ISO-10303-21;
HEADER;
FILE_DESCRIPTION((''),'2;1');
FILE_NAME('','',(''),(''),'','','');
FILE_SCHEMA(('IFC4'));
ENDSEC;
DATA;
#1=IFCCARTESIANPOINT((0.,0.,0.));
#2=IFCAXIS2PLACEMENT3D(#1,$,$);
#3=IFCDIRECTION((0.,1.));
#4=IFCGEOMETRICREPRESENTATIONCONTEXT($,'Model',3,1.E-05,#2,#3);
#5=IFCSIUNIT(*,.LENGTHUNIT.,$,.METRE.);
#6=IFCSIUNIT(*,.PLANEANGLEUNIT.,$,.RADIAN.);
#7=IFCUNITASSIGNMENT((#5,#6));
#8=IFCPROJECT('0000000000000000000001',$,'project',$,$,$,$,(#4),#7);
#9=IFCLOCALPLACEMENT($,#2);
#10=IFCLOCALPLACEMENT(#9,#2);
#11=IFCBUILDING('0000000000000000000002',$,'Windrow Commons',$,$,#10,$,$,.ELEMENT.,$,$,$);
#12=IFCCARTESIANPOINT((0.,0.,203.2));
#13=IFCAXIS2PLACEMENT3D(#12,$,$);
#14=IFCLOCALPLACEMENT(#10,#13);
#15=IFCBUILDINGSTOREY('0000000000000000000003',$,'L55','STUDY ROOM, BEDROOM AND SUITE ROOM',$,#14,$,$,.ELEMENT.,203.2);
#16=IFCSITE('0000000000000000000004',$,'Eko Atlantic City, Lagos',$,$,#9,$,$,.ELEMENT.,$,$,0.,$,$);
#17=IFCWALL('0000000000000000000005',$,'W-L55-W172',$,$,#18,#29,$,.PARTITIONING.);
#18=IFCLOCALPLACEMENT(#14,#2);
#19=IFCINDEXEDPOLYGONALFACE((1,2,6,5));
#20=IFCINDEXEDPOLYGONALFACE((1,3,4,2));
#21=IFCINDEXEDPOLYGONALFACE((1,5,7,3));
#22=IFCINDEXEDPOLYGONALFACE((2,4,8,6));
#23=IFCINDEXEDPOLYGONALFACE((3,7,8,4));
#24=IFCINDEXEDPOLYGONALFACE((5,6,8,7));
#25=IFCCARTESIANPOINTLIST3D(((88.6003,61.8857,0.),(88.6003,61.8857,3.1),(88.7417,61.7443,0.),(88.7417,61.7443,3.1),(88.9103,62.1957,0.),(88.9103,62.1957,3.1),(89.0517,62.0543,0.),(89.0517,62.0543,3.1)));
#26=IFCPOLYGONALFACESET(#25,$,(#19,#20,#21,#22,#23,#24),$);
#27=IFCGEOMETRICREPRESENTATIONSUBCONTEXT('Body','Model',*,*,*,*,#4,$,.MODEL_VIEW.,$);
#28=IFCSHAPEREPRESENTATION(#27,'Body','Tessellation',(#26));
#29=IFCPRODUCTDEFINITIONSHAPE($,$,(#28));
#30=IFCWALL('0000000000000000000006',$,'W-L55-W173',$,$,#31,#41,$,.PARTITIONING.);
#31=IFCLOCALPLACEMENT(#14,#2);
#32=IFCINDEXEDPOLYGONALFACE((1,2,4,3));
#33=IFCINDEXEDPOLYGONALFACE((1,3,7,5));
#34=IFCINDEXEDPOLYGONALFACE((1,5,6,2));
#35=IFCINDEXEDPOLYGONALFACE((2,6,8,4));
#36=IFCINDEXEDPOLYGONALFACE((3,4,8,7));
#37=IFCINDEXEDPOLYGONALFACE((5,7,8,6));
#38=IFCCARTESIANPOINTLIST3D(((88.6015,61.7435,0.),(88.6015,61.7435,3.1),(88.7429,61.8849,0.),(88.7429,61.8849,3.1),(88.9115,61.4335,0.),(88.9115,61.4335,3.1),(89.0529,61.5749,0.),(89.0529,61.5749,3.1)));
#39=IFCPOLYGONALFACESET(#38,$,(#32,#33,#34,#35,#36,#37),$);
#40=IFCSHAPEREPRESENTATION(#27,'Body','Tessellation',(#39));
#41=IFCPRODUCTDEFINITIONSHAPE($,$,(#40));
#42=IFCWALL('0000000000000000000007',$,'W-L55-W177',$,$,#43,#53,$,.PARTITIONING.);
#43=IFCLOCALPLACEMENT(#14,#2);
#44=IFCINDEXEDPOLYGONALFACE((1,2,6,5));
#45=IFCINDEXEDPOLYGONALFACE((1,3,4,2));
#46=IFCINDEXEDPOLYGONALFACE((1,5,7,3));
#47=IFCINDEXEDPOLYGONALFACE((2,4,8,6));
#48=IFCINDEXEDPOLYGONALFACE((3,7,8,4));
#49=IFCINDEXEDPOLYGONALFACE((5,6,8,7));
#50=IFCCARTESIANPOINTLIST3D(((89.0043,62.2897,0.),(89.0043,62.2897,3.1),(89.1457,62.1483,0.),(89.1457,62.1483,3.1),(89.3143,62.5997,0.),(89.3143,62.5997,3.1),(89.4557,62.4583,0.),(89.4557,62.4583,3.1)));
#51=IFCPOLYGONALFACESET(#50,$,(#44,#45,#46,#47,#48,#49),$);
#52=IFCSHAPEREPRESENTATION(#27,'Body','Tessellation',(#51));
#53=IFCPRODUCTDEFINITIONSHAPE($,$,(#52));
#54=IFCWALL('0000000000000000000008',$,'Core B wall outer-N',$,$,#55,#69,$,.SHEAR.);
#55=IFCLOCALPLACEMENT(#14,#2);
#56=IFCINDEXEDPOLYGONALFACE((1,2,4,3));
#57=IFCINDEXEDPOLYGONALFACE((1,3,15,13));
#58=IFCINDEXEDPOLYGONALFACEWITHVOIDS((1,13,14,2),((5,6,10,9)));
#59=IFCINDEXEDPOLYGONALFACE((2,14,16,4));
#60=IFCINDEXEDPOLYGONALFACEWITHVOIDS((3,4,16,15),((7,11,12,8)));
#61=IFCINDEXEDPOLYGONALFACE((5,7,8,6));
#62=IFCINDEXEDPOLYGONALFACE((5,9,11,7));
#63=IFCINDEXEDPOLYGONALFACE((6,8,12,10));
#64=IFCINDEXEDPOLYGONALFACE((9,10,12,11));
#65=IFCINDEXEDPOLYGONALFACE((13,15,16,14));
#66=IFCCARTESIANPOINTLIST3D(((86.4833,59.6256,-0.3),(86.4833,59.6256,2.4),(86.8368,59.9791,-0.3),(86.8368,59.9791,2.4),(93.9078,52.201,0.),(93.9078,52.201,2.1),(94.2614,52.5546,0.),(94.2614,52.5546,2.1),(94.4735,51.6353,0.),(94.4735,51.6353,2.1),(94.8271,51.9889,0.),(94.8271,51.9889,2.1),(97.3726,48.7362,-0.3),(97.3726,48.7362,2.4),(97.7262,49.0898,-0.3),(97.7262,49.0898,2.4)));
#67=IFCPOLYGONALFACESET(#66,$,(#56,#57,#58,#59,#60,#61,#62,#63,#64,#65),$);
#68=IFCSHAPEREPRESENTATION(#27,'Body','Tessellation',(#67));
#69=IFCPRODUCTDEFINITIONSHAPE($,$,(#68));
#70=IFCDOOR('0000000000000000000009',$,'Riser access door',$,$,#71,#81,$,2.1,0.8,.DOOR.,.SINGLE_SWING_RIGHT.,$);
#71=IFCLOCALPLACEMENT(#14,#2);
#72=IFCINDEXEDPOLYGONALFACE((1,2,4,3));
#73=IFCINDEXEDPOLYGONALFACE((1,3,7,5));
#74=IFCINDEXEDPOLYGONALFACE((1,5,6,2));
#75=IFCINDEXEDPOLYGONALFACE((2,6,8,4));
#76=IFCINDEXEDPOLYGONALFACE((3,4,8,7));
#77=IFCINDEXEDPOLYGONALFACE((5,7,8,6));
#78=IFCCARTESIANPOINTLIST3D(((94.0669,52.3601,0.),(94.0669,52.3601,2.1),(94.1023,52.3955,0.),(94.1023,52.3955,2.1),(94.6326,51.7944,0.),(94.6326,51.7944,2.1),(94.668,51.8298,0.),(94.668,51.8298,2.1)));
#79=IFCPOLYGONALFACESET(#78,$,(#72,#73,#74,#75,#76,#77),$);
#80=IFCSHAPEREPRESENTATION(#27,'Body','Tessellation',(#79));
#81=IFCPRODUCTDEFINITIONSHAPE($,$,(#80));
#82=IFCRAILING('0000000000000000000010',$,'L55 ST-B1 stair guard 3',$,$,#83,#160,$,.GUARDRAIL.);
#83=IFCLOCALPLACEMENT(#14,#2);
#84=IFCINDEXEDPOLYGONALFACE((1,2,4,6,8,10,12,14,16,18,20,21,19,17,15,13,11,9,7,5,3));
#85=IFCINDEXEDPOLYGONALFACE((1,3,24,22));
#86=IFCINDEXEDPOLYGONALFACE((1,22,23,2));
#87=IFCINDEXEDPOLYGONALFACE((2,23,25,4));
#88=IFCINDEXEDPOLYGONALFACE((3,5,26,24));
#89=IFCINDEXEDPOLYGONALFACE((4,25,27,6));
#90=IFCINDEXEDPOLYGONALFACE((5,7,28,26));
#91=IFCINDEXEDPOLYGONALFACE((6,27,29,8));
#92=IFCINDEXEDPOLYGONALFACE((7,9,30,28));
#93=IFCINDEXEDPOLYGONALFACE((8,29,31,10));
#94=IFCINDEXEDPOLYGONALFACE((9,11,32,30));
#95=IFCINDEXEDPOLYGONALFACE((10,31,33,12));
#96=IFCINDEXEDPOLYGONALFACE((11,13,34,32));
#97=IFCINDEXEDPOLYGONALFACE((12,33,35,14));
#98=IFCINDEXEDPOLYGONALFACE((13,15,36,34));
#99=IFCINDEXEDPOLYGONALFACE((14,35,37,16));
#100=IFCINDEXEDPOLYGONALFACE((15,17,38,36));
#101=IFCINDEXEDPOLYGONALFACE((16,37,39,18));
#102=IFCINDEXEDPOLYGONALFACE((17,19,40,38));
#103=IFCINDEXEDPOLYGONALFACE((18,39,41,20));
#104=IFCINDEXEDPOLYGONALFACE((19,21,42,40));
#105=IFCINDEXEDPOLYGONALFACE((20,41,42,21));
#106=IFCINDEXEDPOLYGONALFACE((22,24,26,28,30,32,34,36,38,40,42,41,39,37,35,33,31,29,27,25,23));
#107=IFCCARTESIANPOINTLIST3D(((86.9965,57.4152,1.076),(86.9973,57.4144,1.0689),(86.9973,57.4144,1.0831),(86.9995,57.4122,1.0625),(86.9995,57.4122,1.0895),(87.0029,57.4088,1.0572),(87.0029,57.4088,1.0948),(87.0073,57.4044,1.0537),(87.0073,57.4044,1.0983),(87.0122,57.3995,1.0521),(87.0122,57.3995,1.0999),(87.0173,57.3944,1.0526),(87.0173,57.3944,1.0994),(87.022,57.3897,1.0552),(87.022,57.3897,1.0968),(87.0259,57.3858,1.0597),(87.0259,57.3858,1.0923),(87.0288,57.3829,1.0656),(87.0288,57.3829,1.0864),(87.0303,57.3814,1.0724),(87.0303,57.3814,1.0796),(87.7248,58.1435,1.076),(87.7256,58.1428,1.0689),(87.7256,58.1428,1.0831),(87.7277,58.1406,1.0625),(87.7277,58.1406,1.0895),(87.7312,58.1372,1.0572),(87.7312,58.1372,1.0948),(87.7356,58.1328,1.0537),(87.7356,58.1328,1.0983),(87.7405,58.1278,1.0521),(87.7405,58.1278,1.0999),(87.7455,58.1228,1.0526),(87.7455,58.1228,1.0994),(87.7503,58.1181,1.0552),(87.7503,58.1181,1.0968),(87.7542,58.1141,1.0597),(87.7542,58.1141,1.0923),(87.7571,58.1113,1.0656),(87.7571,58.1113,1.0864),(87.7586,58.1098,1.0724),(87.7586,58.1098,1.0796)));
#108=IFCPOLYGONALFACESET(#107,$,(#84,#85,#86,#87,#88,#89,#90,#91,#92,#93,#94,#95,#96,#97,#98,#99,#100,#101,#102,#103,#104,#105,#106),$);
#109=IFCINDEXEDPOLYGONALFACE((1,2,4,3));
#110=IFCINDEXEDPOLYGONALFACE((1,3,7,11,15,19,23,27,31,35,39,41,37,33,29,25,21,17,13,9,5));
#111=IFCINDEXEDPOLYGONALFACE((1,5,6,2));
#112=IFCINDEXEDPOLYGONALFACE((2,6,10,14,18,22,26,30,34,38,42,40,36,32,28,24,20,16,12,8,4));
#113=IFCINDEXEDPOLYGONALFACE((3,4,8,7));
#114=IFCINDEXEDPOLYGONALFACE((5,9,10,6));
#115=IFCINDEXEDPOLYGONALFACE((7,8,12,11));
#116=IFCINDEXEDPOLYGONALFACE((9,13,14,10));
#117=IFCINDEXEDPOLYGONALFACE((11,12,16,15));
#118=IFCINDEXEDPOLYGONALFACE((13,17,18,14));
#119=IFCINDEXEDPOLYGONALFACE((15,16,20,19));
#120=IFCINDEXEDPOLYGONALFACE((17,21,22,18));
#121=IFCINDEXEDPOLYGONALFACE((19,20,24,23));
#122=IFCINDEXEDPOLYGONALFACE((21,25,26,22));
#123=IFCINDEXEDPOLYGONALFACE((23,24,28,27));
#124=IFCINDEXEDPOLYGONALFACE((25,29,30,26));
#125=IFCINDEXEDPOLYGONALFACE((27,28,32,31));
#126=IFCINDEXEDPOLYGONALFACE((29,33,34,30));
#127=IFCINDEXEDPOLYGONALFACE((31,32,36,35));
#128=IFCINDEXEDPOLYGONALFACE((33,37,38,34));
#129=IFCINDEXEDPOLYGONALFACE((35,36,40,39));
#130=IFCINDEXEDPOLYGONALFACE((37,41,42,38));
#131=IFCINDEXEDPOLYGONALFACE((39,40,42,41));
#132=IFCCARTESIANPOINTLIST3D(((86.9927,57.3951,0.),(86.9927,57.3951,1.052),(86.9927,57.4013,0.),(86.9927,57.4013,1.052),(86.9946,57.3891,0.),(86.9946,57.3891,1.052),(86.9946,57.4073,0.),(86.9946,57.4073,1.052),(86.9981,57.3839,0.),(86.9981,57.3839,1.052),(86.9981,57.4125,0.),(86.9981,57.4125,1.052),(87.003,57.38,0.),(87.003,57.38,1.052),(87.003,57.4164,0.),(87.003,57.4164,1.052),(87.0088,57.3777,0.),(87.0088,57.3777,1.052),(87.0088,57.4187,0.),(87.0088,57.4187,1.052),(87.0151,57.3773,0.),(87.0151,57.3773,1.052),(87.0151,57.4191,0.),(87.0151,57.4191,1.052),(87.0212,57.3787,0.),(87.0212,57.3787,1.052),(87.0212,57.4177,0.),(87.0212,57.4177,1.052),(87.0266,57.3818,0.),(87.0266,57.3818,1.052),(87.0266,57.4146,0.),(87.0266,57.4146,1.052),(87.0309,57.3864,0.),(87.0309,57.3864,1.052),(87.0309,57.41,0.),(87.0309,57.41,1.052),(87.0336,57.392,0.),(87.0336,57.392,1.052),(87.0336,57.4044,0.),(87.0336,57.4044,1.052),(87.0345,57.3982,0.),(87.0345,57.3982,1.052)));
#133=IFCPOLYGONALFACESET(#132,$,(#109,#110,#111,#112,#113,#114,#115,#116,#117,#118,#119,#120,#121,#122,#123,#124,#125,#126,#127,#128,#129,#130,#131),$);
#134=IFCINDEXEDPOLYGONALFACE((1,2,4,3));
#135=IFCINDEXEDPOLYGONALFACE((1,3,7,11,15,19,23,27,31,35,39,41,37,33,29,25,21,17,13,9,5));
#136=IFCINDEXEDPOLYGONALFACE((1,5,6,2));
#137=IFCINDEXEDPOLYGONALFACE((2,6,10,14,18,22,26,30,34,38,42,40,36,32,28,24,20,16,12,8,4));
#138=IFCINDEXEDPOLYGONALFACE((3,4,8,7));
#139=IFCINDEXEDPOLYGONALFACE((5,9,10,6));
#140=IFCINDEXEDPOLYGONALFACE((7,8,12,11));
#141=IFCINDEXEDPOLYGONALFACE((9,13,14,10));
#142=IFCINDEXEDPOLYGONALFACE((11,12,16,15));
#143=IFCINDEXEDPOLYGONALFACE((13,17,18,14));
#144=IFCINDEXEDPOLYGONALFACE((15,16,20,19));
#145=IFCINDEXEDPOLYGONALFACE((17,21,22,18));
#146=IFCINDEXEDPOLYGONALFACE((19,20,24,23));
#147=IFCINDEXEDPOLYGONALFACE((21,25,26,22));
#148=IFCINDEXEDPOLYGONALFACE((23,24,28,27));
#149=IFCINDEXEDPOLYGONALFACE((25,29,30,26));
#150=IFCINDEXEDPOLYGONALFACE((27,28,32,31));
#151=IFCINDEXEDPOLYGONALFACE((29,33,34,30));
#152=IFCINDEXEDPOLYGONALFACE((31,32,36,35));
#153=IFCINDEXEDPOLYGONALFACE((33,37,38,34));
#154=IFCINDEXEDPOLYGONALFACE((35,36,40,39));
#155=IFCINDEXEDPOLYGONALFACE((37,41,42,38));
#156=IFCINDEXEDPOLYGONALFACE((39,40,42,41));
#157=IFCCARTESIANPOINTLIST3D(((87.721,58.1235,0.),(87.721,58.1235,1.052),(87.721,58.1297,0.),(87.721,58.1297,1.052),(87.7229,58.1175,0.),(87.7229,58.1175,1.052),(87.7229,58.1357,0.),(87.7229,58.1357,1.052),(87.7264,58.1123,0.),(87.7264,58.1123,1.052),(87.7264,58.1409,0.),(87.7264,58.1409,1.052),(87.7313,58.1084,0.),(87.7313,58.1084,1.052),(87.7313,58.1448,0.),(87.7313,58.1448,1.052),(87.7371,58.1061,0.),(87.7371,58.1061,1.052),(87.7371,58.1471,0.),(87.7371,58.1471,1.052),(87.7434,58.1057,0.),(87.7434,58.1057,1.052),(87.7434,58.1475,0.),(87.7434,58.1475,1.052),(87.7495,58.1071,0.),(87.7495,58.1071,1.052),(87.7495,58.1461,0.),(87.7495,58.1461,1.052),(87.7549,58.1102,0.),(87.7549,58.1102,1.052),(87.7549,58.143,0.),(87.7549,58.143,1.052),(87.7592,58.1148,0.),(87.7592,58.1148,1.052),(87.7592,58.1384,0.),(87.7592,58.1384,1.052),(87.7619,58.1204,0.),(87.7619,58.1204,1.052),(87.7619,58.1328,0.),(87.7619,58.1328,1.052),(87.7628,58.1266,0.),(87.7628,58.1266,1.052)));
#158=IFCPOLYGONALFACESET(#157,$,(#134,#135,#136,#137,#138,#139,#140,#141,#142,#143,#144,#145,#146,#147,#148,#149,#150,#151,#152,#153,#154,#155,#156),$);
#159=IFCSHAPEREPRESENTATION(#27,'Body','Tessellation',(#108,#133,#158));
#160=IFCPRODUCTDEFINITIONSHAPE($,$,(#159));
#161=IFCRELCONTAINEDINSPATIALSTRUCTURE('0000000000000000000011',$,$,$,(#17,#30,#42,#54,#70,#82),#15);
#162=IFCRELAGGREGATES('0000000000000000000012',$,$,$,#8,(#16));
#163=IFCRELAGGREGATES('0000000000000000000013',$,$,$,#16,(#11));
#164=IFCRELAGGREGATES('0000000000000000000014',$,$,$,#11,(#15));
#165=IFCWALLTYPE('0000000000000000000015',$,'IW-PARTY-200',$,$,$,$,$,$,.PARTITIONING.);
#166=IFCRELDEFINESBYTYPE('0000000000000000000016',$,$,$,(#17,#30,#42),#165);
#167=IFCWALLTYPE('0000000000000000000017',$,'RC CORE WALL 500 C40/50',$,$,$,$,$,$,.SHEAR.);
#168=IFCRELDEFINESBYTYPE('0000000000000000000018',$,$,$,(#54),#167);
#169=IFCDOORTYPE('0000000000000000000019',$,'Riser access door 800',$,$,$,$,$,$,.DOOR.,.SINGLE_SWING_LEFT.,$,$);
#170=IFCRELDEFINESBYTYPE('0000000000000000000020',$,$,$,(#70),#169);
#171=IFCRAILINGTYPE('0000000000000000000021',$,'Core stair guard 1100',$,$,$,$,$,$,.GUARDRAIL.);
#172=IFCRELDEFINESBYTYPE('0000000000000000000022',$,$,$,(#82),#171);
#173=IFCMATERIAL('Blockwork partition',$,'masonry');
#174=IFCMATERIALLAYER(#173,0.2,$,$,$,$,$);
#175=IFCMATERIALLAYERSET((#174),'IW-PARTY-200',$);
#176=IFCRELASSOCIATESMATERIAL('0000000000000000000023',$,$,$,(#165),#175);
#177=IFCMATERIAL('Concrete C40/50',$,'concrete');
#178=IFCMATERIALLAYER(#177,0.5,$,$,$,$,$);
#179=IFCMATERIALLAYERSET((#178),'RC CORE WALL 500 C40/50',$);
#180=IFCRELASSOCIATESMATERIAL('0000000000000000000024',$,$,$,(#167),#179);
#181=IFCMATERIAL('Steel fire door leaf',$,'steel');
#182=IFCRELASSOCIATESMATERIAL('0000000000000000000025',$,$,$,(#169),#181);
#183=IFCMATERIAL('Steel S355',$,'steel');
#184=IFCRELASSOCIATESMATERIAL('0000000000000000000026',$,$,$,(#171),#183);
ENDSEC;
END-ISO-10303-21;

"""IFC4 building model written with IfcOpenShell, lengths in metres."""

from ifc_helpers import new_model, si_unit, direction, frame, frame_2d, origin, origin_2d, place, context, subcontext, project, spatial, rectangle, circle, extrude, material, layer, layer_set, type_object, element, fill, save


model = new_model("IFC4")

# Units and contexts
model_context = context("Model", 3, precision=1e-05, world=origin(), true_north=direction((0.0, 1.0)))
body_context = subcontext(model_context, "Body", "Model", "MODEL_VIEW")
ifc_project = project(units=[si_unit("LENGTHUNIT", "METRE"), si_unit("PLANEANGLEUNIT", "RADIAN")], contexts=[model_context])

# Site, building, storey
site_placement = place(None, origin())
site = spatial("IfcSite", under=ifc_project, at=site_placement, Name="Eko Atlantic City, Lagos", CompositionType="ELEMENT", RefElevation=0.0)
building_placement = place(site_placement, origin())
building = spatial("IfcBuilding", under=site, at=building_placement, Name="Windrow Commons", CompositionType="ELEMENT")
storey_placement = place(building_placement, frame((0.0, 0.0, 203.2)))
storey = spatial("IfcBuildingStorey", under=building, at=storey_placement, Name="L55", Description="STUDY ROOM, BEDROOM AND SUITE ROOM", CompositionType="ELEMENT", Elevation=203.2)

# Walls
ifc_material_1 = material(Name="Blockwork partition", Category="masonry")
ifc_layer_1 = layer(ifc_material_1, 0.2)
ifc_layer_set_1 = layer_set([ifc_layer_1], Name="IW-PARTY-200")
wall_type_1 = type_object("IfcWallType", Name="IW-PARTY-200", PredefinedType="PARTITIONING", material=ifc_layer_set_1)
for number, where, z_axis, x_axis, name in (
    (1, (88.671, 61.815, 0.0), (0.0, 0.0, 1.0), (0.707107, 0.707107, 0.0), "W-L55-W172"),
    (2, (88.6722, 61.8142, 0.0), (0.0, 0.0, 1.0), (0.707107, -0.707107, 0.0), "W-L55-W173"),
    (3, (89.075, 62.219, 0.0), (0.0, 0.0, 1.0), (0.707107, 0.707107, 0.0), "W-L55-W177"),
):
    element("IfcWall", number, at=place(storey_placement, frame(where, z_axis=z_axis, x_axis=x_axis)), inside=storey, type_object=wall_type_1, Name=name, PredefinedType="PARTITIONING", context=body_context, shape_type="SweptSolid", body=[
        extrude(rectangle(XDim=0.4384, YDim=0.2, at=frame_2d((0.2192, 0.0))), origin(), (0.0, 0.0, 1.0), 3.1),
    ])

# Wall, opening, door
ifc_material_2 = material(Name="Concrete C40/50", Category="concrete")
ifc_layer_2 = layer(ifc_material_2, 0.5)
ifc_layer_set_2 = layer_set([ifc_layer_2], Name="RC CORE WALL 500 C40/50")
wall_type_2 = type_object("IfcWallType", Name="RC CORE WALL 500 C40/50", PredefinedType="SHEAR", material=ifc_layer_set_2)
wall_1_placement = place(storey_placement, frame((86.66, 59.8024, -0.3), z_axis=(0.0, 0.0, 1.0), x_axis=(0.707107, -0.707107, 0.0)))
wall_1 = element("IfcWall", 4, at=wall_1_placement, inside=storey, type_object=wall_type_2, Name="Core B wall outer-N", PredefinedType="SHEAR", context=body_context, shape_type="SweptSolid", body=[
    extrude(rectangle(XDim=15.3999, YDim=0.5, at=frame_2d((7.7, 0.0))), origin(), (0.0, 0.0, 1.0), 2.7),
])
opening_1_placement = place(wall_1_placement, frame((10.5, 0.0, 0.3)))
opening_1 = element("IfcOpeningElement", 5, at=opening_1_placement, cuts=wall_1, PredefinedType="OPENING", context=body_context, shape_type="SweptSolid", body=[
    extrude(rectangle(XDim=0.8, YDim=2.1, at=frame_2d((0.4, 1.05))), frame((0.0, 0.26, 0.0), z_axis=(0.0, -1.0, 0.0), x_axis=(1.0, 0.0, 0.0)), (0.0, 0.0, 1.0), 0.52),
])
ifc_material_3 = material(Name="Steel fire door leaf", Category="steel")
door_type = type_object("IfcDoorType", Name="Riser access door 800", OperationType="SINGLE_SWING_LEFT", PredefinedType="DOOR", material=ifc_material_3)
door_placement = place(opening_1_placement, origin())
door = element("IfcDoor", 6, at=door_placement, inside=storey, type_object=door_type, Name="Riser access door", OperationType="SINGLE_SWING_RIGHT", OverallHeight=2.1, OverallWidth=0.8, PredefinedType="DOOR", context=body_context, shape_type="SweptSolid", body=[
    extrude(rectangle(XDim=0.8, YDim=2.1, at=frame_2d((0.4, 1.05))), frame((0.0, 0.025, 0.0), z_axis=(0.0, -1.0, 0.0), x_axis=(1.0, 0.0, 0.0)), (0.0, 0.0, 1.0), 0.05),
])
fill(opening_1, door)

# Railing
ifc_material_4 = material(Name="Steel S355", Category="steel")
railing_type = type_object("IfcRailingType", Name="Core stair guard 1100", PredefinedType="GUARDRAIL", material=ifc_material_4)
railing_placement = place(storey_placement, frame((87.0135, 57.3982, 0.0)))
element("IfcRailing", 7, at=railing_placement, inside=storey, type_object=railing_type, Name="L55 ST-B1 stair guard 3", PredefinedType="GUARDRAIL", context=body_context, shape_type="SweptSolid", body=[
    extrude(circle(Radius=0.024, at=origin_2d()), frame((0.0, 0.0, 1.076), z_axis=(0.707058, 0.707155, 0.0), x_axis=(-0.707155, 0.707058, 0.0)), (0.0, 0.0, 1.0), 1.03),
    extrude(circle(Radius=0.021, at=origin_2d()), origin(), (0.0, 0.0, 1.0), 1.052),
    extrude(circle(Radius=0.021, at=origin_2d()), frame((0.7283, 0.7284, 0.0)), (0.0, 0.0, 1.0), 1.052),
])

save(model, "model.ifc")
